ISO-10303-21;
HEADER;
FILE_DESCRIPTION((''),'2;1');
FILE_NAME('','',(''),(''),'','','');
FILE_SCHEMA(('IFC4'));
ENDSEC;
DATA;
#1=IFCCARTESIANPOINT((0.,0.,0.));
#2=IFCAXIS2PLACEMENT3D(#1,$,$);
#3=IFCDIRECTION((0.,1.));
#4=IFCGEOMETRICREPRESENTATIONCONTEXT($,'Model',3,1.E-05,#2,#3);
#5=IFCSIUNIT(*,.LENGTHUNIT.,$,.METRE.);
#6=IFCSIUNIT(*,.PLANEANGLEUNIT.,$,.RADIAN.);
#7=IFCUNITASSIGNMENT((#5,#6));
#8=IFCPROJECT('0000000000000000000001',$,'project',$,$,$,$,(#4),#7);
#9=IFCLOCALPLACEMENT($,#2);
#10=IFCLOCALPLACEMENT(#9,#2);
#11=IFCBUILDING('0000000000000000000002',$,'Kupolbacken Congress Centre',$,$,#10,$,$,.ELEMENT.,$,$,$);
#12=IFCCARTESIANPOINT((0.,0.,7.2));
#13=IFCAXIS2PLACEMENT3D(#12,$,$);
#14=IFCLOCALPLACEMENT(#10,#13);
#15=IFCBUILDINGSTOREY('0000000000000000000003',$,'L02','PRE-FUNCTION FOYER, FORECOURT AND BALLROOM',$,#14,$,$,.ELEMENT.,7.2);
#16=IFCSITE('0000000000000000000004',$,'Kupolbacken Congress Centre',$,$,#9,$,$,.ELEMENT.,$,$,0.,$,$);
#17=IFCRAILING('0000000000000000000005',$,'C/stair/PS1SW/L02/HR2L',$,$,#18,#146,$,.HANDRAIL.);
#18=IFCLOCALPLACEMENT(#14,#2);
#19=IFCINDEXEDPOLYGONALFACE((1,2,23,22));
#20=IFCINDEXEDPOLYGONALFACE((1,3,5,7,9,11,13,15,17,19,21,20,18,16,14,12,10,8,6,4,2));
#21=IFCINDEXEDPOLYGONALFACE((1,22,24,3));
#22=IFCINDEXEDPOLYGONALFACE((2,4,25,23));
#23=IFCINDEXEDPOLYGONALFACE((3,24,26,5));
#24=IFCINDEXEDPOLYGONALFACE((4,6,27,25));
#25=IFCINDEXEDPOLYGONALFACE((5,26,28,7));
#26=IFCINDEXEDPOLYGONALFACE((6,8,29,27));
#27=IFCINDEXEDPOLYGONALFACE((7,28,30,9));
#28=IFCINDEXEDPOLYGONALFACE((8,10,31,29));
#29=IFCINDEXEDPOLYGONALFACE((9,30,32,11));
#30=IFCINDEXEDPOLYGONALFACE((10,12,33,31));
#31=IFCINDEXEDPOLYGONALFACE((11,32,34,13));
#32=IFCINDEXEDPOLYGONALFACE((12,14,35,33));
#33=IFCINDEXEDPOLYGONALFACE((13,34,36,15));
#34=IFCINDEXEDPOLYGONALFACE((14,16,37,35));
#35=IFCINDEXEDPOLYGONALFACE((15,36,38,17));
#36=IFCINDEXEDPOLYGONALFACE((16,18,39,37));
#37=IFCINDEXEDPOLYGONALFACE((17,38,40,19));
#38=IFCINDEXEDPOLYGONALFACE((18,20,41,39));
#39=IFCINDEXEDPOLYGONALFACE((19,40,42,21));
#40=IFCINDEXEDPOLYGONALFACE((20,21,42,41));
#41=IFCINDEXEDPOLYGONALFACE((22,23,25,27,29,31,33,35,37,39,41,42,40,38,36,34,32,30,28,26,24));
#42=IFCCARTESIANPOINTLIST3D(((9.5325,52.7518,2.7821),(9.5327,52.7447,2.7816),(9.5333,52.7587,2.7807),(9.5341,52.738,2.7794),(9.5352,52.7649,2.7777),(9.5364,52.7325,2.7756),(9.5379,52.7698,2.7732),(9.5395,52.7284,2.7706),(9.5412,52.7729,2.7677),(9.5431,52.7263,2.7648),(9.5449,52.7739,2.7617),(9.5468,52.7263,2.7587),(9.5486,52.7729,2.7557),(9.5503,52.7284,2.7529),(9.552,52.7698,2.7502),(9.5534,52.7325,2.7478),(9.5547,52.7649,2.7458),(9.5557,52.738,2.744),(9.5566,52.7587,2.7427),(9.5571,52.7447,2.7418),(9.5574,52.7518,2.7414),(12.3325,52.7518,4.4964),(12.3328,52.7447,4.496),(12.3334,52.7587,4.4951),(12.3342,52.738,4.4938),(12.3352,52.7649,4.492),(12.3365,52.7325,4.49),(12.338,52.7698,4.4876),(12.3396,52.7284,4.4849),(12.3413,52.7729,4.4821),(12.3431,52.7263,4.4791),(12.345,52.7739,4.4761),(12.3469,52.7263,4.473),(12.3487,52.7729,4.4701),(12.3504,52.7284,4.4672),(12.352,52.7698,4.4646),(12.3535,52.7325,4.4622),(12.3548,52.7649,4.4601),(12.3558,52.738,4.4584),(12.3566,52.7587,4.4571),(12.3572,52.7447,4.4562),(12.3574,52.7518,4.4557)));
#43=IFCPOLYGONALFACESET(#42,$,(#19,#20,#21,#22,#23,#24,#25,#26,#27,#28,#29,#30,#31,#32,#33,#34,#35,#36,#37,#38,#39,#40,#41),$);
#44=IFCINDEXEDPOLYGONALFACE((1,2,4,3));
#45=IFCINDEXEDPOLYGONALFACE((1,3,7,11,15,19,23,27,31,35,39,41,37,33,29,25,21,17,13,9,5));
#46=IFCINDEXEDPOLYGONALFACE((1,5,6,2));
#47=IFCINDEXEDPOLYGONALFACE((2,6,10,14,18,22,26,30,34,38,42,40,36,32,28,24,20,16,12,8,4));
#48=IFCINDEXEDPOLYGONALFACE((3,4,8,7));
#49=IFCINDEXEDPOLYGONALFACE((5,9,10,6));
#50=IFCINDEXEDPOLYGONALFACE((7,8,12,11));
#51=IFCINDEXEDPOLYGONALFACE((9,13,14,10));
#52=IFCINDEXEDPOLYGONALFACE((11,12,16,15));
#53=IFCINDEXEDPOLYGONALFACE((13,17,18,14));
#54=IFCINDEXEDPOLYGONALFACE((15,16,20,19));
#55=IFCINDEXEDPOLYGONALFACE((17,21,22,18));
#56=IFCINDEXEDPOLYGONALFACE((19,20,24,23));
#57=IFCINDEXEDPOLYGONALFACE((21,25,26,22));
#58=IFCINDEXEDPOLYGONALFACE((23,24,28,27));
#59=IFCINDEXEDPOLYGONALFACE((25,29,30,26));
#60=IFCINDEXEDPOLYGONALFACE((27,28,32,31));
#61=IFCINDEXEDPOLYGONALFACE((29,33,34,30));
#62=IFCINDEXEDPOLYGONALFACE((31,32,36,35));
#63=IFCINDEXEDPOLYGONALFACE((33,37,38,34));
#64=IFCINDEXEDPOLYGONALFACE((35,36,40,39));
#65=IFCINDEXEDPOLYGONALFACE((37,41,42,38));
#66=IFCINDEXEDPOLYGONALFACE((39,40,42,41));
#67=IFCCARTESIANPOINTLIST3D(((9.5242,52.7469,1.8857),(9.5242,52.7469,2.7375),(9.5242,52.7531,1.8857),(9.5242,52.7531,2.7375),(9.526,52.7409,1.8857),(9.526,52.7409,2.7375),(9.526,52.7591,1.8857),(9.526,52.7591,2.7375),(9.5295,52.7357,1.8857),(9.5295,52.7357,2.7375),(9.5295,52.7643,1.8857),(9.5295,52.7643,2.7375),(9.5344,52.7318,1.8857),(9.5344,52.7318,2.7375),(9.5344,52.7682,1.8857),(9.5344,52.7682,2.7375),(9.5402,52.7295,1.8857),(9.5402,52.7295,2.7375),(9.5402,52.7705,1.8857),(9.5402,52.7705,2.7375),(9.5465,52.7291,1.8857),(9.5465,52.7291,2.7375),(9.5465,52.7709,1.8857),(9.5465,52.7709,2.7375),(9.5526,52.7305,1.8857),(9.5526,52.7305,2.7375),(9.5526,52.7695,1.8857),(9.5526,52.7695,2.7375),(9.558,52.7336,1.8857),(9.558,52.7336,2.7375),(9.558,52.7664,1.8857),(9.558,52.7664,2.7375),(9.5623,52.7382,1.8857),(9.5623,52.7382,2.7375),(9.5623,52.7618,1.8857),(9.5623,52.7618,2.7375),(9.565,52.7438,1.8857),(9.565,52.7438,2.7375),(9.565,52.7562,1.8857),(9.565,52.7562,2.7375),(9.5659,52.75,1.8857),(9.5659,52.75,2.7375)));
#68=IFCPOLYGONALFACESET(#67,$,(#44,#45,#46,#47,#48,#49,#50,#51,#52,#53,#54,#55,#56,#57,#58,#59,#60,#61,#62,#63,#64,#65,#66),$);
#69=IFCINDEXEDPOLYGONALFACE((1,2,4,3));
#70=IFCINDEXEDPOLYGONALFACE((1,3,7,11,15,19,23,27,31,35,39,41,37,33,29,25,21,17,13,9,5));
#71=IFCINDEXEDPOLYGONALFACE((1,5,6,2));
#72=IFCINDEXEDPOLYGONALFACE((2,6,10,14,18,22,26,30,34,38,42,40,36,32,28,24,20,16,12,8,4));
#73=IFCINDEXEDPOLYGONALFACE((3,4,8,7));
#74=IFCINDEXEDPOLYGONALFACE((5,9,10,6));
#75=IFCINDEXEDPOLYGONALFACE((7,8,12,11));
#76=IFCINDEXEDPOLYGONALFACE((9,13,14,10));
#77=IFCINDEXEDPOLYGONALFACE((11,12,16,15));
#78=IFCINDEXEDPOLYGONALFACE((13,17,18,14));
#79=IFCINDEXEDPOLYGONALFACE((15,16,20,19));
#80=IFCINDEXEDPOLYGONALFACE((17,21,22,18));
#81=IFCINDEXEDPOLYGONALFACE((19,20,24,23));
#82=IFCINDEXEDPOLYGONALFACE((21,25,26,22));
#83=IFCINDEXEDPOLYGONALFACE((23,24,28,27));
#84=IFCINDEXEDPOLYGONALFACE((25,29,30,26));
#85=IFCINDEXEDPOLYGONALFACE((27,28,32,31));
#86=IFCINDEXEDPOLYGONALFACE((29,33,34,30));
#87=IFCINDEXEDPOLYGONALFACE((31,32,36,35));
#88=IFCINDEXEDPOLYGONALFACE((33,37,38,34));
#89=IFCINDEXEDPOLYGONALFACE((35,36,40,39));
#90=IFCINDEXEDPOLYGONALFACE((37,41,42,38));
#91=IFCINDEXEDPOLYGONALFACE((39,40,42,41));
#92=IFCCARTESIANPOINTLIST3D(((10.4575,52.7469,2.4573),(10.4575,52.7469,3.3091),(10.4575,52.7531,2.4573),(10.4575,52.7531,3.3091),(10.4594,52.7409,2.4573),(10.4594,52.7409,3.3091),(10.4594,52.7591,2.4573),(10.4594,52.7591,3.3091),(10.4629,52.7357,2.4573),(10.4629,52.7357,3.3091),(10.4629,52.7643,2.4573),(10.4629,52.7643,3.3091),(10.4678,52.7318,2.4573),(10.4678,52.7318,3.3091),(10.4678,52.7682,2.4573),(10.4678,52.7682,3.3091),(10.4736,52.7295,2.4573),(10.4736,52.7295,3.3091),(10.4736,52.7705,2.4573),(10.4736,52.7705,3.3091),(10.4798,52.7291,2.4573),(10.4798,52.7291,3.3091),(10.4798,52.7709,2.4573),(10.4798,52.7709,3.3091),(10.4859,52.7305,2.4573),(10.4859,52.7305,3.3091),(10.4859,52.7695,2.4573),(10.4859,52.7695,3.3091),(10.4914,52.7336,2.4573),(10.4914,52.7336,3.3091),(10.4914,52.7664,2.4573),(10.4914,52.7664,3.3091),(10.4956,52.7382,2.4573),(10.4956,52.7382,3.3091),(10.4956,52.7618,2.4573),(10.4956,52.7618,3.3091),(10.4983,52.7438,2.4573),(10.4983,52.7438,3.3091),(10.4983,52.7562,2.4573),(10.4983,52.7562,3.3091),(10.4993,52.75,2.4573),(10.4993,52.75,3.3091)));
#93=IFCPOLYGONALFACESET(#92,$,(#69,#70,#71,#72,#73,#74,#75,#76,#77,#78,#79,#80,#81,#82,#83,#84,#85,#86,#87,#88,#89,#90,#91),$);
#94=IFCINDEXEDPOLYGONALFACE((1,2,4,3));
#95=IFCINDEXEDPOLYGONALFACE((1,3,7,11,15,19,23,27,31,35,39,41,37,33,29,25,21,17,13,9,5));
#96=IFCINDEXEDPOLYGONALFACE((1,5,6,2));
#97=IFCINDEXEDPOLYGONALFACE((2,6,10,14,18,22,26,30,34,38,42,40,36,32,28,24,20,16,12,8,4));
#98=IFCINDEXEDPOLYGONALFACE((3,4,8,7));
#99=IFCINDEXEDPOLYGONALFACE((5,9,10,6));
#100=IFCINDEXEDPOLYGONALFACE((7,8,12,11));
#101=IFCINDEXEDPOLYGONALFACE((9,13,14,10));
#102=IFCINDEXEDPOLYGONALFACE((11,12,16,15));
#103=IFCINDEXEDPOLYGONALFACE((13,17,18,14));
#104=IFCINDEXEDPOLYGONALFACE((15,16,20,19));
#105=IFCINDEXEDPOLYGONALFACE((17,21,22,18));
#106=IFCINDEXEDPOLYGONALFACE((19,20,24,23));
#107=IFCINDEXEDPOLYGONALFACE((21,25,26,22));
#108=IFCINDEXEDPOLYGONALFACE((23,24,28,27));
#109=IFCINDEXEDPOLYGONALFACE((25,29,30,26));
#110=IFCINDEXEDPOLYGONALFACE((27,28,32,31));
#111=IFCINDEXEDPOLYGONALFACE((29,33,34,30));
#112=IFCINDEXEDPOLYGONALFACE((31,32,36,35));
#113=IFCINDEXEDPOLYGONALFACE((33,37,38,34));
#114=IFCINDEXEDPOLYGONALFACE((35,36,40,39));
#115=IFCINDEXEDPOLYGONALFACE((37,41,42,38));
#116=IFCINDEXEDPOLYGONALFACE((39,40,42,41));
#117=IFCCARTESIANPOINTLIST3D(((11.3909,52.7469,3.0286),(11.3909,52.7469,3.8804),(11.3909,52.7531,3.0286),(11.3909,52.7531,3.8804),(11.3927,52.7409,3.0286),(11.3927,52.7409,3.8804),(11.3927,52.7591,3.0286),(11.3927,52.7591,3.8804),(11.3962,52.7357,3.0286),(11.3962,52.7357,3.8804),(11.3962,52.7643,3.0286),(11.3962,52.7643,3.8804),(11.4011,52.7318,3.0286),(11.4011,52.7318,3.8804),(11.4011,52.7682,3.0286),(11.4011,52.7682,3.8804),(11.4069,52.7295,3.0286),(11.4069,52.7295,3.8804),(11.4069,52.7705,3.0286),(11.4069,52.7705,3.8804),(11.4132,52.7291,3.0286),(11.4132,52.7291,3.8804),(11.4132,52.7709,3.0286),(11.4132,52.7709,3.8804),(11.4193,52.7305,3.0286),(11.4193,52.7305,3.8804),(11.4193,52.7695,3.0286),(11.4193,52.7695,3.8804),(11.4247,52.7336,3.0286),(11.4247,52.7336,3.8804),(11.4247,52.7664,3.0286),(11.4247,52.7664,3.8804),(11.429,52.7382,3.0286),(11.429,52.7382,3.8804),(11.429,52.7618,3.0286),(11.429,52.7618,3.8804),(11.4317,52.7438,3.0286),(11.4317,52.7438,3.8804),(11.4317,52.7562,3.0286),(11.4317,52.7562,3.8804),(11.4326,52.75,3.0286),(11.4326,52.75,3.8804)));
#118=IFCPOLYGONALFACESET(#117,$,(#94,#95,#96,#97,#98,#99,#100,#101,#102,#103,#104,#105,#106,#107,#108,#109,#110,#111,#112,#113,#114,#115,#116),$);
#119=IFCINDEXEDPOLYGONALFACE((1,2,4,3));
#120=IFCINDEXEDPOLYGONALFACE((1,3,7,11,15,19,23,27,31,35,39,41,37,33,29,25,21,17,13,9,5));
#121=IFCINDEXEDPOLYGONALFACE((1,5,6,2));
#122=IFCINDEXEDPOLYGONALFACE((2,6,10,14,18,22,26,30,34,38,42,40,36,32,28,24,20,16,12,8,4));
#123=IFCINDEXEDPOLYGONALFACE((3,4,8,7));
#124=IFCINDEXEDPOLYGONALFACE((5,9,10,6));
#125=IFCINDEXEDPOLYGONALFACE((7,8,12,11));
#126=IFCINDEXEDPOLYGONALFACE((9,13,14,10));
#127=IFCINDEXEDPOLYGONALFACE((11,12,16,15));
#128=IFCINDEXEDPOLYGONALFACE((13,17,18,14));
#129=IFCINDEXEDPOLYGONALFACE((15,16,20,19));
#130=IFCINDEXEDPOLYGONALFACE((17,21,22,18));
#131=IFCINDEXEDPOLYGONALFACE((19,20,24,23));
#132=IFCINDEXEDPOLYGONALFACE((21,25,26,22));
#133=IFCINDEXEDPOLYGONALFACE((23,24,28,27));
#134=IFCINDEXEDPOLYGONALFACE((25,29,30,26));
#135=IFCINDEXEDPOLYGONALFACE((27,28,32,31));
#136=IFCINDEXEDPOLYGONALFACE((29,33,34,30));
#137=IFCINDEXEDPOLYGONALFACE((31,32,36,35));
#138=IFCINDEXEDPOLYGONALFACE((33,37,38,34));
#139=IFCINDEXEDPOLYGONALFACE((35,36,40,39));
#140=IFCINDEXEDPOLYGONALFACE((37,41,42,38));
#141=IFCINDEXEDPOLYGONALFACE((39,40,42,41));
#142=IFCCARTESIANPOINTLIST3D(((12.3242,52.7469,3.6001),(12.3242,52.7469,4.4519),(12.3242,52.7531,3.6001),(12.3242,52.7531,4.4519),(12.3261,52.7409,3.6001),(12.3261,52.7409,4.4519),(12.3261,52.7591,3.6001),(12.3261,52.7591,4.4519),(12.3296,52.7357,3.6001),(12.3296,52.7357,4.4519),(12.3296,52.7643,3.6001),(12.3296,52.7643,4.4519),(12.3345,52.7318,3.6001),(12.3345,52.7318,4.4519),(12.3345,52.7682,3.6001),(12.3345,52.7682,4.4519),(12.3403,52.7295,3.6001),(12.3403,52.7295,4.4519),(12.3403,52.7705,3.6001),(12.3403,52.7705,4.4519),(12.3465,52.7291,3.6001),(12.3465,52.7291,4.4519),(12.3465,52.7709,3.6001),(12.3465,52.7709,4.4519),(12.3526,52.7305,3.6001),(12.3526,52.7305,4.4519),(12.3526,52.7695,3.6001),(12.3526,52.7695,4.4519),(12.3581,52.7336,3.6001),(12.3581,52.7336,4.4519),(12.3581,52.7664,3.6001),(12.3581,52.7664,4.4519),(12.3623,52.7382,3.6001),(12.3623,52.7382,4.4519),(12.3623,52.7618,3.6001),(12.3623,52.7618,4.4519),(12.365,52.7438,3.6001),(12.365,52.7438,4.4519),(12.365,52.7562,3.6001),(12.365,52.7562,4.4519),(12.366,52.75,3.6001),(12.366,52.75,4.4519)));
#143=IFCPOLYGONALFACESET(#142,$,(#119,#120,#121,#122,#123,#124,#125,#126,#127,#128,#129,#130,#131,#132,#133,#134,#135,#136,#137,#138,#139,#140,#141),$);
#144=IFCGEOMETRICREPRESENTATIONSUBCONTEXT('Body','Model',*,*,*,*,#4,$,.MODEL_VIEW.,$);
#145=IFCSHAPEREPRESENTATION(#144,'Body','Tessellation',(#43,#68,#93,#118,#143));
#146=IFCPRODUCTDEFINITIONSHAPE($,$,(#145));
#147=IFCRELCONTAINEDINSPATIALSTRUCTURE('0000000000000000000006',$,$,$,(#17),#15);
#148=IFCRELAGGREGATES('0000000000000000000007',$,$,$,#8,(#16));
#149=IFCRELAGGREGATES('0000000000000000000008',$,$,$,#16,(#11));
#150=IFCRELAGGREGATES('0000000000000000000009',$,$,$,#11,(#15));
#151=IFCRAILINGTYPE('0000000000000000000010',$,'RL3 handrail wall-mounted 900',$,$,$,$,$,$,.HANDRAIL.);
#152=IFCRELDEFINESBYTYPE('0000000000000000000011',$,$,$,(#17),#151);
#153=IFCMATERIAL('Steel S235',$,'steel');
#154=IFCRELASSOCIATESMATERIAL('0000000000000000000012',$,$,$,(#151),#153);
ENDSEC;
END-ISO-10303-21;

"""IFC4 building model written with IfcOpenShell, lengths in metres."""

from ifc_helpers import new_model, si_unit, direction, frame, origin, origin_2d, place, context, subcontext, project, spatial, circle, extrude, material, type_object, element, save


model = new_model("IFC4")

# Units and contexts
model_context = context("Model", 3, precision=1e-05, world=origin(), true_north=direction((0.0, 1.0)))
body_context = subcontext(model_context, "Body", "Model", "MODEL_VIEW")
ifc_project = project(units=[si_unit("LENGTHUNIT", "METRE"), si_unit("PLANEANGLEUNIT", "RADIAN")], contexts=[model_context])

# Site, building, storey
site_placement = place(None, origin())
site = spatial("IfcSite", under=ifc_project, at=site_placement, Name="Kupolbacken Congress Centre", CompositionType="ELEMENT", RefElevation=0.0)
building_placement = place(site_placement, origin())
building = spatial("IfcBuilding", under=site, at=building_placement, Name="Kupolbacken Congress Centre", CompositionType="ELEMENT")
storey_placement = place(building_placement, frame((0.0, 0.0, 7.2)))
storey = spatial("IfcBuildingStorey", under=building, at=storey_placement, Name="L02", Description="PRE-FUNCTION FOYER, FORECOURT AND BALLROOM", CompositionType="ELEMENT", Elevation=7.2)

# Railing
ifc_material_1 = material(Name="Steel S235", Category="steel")
railing_type = type_object("IfcRailingType", Name="RL3 handrail wall-mounted 900", PredefinedType="HANDRAIL", material=ifc_material_1)
for number, where, name in (
    (1, (9.5449, 52.75, 1.8857), "C/stair/PS1SW/L02/HR2L"),
):
    element("IfcRailing", number, at=place(storey_placement, frame(where)), inside=storey, type_object=railing_type, Name=name, PredefinedType="HANDRAIL", context=body_context, shape_type="SweptSolid", body=[
        extrude(circle(Radius=0.0239, at=origin_2d()), frame((0.0, 0.0, 0.876), z_axis=(0.852846, 0.0, 0.522163), x_axis=(0.0, 1.0, 0.0)), (0.0, 0.0, 1.0), 3.2832),
        extrude(circle(Radius=0.021, at=origin_2d()), origin(), (0.0, 0.0, 1.0), 0.8518),
        extrude(circle(Radius=0.021, at=origin_2d()), frame((0.9333, 0.0, 0.5715)), (0.0, 0.0, 1.0), 0.8518),
        extrude(circle(Radius=0.021, at=origin_2d()), frame((1.8667, 0.0, 1.1428)), (0.0, 0.0, 1.0), 0.8518),
        extrude(circle(Radius=0.021, at=origin_2d()), frame((2.8, 0.0, 1.7144)), (0.0, 0.0, 1.0), 0.8518),
    ])

save(model, "model.ifc")
